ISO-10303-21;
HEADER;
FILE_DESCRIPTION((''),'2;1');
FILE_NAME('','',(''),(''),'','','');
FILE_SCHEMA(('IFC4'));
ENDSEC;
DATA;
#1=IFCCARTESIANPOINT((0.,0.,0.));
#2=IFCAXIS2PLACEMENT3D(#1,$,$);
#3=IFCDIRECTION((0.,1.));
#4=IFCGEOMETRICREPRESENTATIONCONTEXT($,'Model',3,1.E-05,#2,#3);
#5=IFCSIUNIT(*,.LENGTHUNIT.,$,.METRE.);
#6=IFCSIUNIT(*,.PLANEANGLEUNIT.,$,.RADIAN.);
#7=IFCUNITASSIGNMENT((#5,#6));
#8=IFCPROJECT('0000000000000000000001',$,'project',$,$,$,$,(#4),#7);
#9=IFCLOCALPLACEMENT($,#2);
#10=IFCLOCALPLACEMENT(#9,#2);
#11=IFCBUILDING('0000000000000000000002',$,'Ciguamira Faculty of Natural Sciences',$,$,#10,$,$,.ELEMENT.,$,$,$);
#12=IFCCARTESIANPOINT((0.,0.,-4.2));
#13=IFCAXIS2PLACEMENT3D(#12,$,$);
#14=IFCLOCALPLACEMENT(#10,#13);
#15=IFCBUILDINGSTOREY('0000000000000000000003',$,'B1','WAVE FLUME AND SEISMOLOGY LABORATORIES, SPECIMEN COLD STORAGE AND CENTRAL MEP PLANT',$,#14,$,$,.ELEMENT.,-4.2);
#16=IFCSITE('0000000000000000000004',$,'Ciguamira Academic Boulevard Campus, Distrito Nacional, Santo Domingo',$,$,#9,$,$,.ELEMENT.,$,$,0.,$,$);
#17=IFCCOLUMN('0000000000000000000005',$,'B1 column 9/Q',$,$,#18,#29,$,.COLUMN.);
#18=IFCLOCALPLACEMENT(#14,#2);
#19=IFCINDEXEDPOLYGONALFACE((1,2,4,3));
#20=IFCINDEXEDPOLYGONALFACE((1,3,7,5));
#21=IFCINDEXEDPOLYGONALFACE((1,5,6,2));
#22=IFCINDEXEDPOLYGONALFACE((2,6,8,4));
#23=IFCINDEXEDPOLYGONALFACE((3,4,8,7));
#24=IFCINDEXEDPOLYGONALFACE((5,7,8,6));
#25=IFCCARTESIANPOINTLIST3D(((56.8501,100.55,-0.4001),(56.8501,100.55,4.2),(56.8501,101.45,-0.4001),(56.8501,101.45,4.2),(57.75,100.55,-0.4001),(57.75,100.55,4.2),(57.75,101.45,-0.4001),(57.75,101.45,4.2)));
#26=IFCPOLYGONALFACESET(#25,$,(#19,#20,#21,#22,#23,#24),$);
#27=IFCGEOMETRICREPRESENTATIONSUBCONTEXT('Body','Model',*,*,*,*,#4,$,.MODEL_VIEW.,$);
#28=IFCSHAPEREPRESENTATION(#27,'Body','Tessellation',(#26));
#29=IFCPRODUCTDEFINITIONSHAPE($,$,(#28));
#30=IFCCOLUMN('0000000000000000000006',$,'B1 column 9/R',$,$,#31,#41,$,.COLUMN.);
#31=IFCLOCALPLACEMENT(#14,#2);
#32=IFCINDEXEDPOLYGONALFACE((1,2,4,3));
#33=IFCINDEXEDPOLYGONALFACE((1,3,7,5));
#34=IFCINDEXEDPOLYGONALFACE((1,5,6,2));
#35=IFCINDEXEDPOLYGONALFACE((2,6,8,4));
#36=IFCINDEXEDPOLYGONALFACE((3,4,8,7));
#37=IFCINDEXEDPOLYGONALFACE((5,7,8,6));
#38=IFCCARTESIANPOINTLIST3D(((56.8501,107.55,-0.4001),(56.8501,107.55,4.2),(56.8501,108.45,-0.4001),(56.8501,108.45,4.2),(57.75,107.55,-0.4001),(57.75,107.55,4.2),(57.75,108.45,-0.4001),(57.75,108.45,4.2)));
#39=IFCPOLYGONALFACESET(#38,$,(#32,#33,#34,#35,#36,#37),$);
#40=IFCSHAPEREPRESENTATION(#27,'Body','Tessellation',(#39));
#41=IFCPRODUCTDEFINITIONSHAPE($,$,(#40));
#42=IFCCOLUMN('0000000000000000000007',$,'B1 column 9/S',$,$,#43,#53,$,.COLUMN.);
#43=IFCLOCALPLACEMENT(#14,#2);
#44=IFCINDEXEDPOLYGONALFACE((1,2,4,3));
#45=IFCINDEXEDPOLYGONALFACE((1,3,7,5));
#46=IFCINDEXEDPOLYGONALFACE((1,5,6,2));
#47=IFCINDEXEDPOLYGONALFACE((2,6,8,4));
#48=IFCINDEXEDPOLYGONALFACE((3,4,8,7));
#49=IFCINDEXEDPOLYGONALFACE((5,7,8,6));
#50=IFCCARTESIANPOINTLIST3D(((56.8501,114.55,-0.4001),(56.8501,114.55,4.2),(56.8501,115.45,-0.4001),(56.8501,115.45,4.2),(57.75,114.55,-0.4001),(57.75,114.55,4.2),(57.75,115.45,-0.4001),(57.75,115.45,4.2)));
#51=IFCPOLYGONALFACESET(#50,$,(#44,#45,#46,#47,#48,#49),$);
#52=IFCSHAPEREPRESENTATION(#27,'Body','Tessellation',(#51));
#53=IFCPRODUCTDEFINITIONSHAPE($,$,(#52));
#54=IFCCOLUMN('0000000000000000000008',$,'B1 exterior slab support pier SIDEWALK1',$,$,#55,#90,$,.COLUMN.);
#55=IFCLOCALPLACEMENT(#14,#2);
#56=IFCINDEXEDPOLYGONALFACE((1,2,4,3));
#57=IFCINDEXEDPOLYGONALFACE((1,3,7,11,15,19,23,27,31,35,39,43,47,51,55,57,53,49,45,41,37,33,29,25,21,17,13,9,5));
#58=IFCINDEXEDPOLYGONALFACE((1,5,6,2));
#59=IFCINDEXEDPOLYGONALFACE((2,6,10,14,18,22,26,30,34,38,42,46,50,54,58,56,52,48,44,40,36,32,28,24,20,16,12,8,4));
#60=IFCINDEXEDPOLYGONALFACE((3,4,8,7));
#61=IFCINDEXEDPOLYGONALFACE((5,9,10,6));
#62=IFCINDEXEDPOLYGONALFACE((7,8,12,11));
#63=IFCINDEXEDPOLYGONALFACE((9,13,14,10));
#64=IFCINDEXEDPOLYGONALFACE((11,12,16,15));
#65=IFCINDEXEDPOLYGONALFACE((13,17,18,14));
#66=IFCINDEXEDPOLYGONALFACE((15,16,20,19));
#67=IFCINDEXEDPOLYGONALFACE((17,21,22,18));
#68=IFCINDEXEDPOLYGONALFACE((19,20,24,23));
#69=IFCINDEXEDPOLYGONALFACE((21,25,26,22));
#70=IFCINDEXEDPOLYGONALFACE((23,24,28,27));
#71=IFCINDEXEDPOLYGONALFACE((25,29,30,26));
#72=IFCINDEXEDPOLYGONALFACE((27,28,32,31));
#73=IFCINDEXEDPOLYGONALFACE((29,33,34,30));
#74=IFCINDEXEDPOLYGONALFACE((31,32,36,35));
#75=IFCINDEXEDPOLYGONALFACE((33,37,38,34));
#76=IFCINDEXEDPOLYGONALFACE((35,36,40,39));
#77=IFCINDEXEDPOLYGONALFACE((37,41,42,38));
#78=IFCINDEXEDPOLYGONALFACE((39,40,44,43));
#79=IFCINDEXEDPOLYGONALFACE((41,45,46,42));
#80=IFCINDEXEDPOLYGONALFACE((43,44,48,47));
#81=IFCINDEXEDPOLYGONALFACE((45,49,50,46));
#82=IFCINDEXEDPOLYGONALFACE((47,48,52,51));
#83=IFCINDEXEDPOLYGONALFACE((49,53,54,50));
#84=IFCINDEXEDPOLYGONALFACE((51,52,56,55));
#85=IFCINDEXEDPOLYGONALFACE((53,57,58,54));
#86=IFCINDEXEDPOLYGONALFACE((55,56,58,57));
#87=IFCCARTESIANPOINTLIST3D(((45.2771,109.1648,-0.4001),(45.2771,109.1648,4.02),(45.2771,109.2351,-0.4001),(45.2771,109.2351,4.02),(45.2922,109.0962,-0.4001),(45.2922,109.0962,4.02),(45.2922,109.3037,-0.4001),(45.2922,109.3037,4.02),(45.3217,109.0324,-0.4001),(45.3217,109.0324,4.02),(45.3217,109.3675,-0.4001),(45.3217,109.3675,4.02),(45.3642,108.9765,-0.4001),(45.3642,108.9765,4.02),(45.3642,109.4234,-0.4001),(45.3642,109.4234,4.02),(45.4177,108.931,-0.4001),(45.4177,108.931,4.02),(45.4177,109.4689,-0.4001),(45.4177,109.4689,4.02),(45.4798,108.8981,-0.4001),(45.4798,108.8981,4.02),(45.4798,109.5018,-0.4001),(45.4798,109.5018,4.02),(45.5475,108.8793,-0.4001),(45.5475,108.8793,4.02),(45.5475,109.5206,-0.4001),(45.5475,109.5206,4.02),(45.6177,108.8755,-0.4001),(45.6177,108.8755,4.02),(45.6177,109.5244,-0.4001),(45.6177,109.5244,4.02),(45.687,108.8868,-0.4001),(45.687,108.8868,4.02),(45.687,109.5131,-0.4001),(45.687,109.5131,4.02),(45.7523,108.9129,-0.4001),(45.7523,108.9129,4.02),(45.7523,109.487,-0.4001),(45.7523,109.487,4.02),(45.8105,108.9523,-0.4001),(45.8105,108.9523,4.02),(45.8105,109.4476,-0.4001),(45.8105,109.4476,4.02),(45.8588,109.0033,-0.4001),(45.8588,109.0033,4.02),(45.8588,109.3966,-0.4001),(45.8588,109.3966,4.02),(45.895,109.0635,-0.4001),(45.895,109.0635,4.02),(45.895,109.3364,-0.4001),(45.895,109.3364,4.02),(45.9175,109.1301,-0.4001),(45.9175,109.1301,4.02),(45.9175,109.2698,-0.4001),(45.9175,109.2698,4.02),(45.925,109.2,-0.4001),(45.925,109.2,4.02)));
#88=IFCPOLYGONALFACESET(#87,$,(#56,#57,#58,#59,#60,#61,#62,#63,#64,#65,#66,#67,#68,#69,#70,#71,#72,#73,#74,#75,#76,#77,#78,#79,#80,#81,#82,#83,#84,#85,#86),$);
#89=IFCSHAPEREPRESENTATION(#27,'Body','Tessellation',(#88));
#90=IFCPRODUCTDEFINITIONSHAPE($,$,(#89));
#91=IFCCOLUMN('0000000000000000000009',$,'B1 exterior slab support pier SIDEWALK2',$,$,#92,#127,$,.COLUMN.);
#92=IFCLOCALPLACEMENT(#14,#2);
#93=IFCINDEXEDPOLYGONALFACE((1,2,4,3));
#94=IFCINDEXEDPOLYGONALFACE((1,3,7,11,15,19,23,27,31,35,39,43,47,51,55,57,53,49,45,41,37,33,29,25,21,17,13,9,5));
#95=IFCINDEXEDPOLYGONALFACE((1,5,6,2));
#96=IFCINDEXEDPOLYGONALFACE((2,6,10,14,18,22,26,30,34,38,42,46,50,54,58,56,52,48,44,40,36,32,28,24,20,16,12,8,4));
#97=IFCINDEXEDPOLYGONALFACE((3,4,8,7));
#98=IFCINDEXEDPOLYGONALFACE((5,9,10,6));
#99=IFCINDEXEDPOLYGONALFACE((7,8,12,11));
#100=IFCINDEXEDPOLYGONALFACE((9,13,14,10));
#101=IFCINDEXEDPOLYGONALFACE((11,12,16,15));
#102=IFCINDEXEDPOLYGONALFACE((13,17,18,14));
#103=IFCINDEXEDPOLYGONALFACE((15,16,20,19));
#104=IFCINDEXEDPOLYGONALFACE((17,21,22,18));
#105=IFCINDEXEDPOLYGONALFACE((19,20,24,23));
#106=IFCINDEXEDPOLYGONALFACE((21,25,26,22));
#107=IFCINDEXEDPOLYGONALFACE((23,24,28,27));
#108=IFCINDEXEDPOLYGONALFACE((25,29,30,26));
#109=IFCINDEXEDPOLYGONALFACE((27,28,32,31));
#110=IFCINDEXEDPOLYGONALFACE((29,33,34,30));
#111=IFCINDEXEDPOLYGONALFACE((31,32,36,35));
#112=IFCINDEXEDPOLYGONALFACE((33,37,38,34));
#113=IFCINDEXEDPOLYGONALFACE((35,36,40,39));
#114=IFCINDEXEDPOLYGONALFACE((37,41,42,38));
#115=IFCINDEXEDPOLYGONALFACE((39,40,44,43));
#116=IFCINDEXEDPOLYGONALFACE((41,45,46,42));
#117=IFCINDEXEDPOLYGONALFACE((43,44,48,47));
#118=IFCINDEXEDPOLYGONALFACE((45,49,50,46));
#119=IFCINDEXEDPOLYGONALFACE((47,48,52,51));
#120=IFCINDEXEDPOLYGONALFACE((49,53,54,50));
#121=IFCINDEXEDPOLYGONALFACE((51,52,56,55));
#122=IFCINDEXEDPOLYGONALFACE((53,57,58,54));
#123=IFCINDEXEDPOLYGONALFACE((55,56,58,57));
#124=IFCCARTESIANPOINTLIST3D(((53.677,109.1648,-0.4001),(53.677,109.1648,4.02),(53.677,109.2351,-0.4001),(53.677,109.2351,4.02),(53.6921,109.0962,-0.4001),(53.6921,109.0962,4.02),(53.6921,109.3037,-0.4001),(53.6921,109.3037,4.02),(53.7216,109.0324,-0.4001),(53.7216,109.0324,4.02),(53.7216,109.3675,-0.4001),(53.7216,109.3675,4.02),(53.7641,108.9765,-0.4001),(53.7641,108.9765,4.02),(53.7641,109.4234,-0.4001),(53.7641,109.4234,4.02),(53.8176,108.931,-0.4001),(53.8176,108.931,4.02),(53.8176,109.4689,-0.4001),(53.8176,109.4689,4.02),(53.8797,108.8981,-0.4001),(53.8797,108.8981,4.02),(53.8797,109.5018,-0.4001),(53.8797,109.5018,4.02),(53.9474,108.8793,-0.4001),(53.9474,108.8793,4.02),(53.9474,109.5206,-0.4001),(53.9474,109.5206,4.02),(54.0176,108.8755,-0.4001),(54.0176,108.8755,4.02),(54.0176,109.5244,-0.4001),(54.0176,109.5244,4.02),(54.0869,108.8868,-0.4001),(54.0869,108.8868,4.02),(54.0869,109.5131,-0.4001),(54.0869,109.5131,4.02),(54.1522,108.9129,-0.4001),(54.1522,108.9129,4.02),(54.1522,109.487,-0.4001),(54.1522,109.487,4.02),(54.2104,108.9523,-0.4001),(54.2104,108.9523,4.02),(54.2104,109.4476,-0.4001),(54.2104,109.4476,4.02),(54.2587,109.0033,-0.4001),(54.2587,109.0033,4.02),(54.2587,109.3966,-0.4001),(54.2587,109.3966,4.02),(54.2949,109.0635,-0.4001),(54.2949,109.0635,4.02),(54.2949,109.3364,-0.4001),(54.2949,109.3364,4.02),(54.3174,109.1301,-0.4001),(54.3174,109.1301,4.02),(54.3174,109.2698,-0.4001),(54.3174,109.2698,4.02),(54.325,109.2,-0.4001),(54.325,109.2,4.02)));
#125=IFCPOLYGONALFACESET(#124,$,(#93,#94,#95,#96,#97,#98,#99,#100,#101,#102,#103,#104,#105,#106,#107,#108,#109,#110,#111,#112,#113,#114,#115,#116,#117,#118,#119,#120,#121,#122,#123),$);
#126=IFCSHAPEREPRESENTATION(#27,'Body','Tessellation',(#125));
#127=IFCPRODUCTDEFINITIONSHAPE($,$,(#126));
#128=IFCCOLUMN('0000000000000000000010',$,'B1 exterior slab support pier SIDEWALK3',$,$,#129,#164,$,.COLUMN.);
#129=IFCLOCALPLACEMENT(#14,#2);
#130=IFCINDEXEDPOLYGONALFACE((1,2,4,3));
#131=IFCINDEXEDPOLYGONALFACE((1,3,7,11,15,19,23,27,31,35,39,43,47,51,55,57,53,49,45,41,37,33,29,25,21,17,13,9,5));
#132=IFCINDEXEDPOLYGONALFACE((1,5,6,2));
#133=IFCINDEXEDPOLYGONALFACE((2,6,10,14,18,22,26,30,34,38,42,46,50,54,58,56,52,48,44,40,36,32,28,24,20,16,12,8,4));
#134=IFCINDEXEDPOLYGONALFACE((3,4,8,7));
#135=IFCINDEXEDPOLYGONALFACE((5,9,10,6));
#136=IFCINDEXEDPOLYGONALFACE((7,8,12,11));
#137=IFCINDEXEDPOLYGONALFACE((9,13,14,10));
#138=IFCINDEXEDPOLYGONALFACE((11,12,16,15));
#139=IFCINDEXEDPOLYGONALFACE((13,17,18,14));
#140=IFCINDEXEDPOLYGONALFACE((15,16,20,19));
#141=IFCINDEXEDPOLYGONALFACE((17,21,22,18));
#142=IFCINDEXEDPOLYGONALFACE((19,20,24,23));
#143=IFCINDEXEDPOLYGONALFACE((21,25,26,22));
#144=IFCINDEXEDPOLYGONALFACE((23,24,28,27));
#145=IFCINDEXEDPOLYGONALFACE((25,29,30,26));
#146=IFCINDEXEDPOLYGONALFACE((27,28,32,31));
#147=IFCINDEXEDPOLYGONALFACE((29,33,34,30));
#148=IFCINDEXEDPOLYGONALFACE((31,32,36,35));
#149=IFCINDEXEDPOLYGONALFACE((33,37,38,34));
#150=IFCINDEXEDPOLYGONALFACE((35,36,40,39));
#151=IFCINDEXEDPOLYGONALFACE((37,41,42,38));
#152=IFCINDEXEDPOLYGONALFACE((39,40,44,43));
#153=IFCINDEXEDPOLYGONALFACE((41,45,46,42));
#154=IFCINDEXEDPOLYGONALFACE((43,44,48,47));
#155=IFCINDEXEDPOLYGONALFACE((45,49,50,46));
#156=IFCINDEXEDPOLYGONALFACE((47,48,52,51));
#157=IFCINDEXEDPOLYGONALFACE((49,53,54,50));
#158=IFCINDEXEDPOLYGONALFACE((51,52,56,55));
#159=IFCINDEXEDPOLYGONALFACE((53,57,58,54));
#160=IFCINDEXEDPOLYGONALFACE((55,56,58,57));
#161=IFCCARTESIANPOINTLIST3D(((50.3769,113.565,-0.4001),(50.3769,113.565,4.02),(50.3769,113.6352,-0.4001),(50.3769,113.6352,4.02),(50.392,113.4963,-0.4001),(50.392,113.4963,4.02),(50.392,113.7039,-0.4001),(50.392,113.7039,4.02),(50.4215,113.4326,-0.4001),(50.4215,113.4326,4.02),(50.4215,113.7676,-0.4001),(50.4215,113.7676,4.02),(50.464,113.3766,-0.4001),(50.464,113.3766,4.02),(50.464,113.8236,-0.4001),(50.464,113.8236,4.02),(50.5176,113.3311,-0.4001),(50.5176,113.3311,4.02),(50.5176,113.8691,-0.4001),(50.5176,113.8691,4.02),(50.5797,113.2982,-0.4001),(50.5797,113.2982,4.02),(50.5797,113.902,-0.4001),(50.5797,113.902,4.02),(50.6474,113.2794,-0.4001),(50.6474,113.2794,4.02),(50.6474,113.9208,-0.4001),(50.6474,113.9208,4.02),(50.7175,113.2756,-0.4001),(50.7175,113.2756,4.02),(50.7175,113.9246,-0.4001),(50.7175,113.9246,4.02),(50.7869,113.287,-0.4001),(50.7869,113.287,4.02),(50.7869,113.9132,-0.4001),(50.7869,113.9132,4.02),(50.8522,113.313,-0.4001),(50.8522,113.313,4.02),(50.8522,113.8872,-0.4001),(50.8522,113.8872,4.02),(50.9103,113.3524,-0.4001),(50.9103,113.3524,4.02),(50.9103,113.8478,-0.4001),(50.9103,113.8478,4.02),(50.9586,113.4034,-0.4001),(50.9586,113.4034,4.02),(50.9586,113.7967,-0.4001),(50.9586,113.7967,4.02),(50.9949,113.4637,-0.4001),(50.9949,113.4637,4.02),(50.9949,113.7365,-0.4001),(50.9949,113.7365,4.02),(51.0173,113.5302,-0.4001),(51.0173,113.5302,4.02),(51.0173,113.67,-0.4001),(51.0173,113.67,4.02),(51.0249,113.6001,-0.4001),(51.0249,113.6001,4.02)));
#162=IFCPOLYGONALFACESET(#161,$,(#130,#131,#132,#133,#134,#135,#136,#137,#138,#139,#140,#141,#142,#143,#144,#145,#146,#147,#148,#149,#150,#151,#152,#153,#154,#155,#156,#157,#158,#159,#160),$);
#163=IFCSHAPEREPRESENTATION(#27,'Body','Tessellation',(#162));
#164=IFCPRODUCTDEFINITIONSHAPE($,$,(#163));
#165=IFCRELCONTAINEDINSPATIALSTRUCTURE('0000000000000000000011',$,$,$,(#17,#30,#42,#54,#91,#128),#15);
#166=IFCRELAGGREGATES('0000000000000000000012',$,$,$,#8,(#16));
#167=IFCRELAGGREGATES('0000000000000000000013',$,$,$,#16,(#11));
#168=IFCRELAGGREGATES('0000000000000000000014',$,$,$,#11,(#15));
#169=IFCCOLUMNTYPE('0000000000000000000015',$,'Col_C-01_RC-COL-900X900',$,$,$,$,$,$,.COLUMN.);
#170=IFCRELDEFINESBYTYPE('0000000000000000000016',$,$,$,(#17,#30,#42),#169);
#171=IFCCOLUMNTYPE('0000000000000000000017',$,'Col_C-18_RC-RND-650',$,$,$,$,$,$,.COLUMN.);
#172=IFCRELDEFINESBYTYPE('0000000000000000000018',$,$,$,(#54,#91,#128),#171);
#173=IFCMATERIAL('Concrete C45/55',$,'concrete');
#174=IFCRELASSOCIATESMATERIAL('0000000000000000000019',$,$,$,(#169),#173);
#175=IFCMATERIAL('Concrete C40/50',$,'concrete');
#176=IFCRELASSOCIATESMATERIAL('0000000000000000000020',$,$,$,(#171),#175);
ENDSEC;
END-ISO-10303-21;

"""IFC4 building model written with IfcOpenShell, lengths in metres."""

from ifc_helpers import new_model, si_unit, direction, frame, origin, origin_2d, place, context, subcontext, project, spatial, rectangle, circle, extrude, material, material_profile, profile_set, type_object, element, save


model = new_model("IFC4")

# Units and contexts
model_context = context("Model", 3, precision=1e-05, world=origin(), true_north=direction((0.0, 1.0)))
body_context = subcontext(model_context, "Body", "Model", "MODEL_VIEW")
ifc_project = project(units=[si_unit("LENGTHUNIT", "METRE"), si_unit("PLANEANGLEUNIT", "RADIAN")], contexts=[model_context])

# Site, building, storey
site_placement = place(None, origin())
site = spatial("IfcSite", under=ifc_project, at=site_placement, Name="Ciguamira Academic Boulevard Campus, Distrito Nacional, Santo Domingo", CompositionType="ELEMENT", RefElevation=0.0)
building_placement = place(site_placement, origin())
building = spatial("IfcBuilding", under=site, at=building_placement, Name="Ciguamira Faculty of Natural Sciences", CompositionType="ELEMENT")
storey_placement = place(building_placement, frame((0.0, 0.0, -4.2)))
storey = spatial("IfcBuildingStorey", under=building, at=storey_placement, Name="B1", Description="WAVE FLUME AND SEISMOLOGY LABORATORIES, SPECIMEN COLD STORAGE AND CENTRAL MEP PLANT", CompositionType="ELEMENT", Elevation=-4.2)

# Columns
ifc_material_1 = material(Name="Concrete C45/55", Category="concrete")
ifc_material_profile_1 = material_profile(ifc_material_1, rectangle(XDim=0.8999, YDim=0.8999, at=origin_2d()), Name="RC-COL-900X900")
ifc_profile_set_1 = profile_set([ifc_material_profile_1], Name="Concrete C45/55")
column_type_1 = type_object("IfcColumnType", Name="Col_C-01_RC-COL-900X900", PredefinedType="COLUMN", material=ifc_profile_set_1)
for number, where, z_axis, x_axis, name in (
    (1, (57.3, 101.0, -0.4001), (0.0, 0.0, 1.0), (1.0, 0.0, 0.0), "B1 column 9/Q"),
    (2, (57.3, 108.0, -0.4001), (0.0, 0.0, 1.0), (1.0, 0.0, 0.0), "B1 column 9/R"),
    (3, (57.3, 115.0, -0.4001), (0.0, 0.0, 1.0), (1.0, 0.0, 0.0), "B1 column 9/S"),
):
    element("IfcColumn", number, at=place(storey_placement, frame(where, z_axis=z_axis, x_axis=x_axis)), inside=storey, type_object=column_type_1, Name=name, PredefinedType="COLUMN", context=body_context, shape_type="SweptSolid", body=[
        extrude(rectangle(XDim=0.8999, YDim=0.8999, at=origin_2d()), origin(), (0.0, 0.0, 1.0), 4.6001),
    ])
ifc_material_2 = material(Name="Concrete C40/50", Category="concrete")
ifc_material_profile_2 = material_profile(ifc_material_2, circle(Radius=0.325, at=origin_2d()), Name="RC-RND-650")
ifc_profile_set_2 = profile_set([ifc_material_profile_2], Name="Concrete C40/50")
column_type_2 = type_object("IfcColumnType", Name="Col_C-18_RC-RND-650", PredefinedType="COLUMN", material=ifc_profile_set_2)
for number, where, z_axis, x_axis, name in (
    (4, (45.6001, 109.2, -0.4001), (0.0, 0.0, 1.0), (1.0, 0.0, 0.0), "B1 exterior slab support pier SIDEWALK1"),
    (5, (54.0, 109.2, -0.4001), (0.0, 0.0, 1.0), (1.0, 0.0, 0.0), "B1 exterior slab support pier SIDEWALK2"),
    (6, (50.7, 113.6001, -0.4001), (0.0, 0.0, 1.0), (1.0, 0.0, 0.0), "B1 exterior slab support pier SIDEWALK3"),
):
    element("IfcColumn", number, at=place(storey_placement, frame(where, z_axis=z_axis, x_axis=x_axis)), inside=storey, type_object=column_type_2, Name=name, PredefinedType="COLUMN", context=body_context, shape_type="SweptSolid", body=[
        extrude(circle(Radius=0.325, at=origin_2d()), origin(), (0.0, 0.0, 1.0), 4.4202),
    ])

save(model, "model.ifc")
